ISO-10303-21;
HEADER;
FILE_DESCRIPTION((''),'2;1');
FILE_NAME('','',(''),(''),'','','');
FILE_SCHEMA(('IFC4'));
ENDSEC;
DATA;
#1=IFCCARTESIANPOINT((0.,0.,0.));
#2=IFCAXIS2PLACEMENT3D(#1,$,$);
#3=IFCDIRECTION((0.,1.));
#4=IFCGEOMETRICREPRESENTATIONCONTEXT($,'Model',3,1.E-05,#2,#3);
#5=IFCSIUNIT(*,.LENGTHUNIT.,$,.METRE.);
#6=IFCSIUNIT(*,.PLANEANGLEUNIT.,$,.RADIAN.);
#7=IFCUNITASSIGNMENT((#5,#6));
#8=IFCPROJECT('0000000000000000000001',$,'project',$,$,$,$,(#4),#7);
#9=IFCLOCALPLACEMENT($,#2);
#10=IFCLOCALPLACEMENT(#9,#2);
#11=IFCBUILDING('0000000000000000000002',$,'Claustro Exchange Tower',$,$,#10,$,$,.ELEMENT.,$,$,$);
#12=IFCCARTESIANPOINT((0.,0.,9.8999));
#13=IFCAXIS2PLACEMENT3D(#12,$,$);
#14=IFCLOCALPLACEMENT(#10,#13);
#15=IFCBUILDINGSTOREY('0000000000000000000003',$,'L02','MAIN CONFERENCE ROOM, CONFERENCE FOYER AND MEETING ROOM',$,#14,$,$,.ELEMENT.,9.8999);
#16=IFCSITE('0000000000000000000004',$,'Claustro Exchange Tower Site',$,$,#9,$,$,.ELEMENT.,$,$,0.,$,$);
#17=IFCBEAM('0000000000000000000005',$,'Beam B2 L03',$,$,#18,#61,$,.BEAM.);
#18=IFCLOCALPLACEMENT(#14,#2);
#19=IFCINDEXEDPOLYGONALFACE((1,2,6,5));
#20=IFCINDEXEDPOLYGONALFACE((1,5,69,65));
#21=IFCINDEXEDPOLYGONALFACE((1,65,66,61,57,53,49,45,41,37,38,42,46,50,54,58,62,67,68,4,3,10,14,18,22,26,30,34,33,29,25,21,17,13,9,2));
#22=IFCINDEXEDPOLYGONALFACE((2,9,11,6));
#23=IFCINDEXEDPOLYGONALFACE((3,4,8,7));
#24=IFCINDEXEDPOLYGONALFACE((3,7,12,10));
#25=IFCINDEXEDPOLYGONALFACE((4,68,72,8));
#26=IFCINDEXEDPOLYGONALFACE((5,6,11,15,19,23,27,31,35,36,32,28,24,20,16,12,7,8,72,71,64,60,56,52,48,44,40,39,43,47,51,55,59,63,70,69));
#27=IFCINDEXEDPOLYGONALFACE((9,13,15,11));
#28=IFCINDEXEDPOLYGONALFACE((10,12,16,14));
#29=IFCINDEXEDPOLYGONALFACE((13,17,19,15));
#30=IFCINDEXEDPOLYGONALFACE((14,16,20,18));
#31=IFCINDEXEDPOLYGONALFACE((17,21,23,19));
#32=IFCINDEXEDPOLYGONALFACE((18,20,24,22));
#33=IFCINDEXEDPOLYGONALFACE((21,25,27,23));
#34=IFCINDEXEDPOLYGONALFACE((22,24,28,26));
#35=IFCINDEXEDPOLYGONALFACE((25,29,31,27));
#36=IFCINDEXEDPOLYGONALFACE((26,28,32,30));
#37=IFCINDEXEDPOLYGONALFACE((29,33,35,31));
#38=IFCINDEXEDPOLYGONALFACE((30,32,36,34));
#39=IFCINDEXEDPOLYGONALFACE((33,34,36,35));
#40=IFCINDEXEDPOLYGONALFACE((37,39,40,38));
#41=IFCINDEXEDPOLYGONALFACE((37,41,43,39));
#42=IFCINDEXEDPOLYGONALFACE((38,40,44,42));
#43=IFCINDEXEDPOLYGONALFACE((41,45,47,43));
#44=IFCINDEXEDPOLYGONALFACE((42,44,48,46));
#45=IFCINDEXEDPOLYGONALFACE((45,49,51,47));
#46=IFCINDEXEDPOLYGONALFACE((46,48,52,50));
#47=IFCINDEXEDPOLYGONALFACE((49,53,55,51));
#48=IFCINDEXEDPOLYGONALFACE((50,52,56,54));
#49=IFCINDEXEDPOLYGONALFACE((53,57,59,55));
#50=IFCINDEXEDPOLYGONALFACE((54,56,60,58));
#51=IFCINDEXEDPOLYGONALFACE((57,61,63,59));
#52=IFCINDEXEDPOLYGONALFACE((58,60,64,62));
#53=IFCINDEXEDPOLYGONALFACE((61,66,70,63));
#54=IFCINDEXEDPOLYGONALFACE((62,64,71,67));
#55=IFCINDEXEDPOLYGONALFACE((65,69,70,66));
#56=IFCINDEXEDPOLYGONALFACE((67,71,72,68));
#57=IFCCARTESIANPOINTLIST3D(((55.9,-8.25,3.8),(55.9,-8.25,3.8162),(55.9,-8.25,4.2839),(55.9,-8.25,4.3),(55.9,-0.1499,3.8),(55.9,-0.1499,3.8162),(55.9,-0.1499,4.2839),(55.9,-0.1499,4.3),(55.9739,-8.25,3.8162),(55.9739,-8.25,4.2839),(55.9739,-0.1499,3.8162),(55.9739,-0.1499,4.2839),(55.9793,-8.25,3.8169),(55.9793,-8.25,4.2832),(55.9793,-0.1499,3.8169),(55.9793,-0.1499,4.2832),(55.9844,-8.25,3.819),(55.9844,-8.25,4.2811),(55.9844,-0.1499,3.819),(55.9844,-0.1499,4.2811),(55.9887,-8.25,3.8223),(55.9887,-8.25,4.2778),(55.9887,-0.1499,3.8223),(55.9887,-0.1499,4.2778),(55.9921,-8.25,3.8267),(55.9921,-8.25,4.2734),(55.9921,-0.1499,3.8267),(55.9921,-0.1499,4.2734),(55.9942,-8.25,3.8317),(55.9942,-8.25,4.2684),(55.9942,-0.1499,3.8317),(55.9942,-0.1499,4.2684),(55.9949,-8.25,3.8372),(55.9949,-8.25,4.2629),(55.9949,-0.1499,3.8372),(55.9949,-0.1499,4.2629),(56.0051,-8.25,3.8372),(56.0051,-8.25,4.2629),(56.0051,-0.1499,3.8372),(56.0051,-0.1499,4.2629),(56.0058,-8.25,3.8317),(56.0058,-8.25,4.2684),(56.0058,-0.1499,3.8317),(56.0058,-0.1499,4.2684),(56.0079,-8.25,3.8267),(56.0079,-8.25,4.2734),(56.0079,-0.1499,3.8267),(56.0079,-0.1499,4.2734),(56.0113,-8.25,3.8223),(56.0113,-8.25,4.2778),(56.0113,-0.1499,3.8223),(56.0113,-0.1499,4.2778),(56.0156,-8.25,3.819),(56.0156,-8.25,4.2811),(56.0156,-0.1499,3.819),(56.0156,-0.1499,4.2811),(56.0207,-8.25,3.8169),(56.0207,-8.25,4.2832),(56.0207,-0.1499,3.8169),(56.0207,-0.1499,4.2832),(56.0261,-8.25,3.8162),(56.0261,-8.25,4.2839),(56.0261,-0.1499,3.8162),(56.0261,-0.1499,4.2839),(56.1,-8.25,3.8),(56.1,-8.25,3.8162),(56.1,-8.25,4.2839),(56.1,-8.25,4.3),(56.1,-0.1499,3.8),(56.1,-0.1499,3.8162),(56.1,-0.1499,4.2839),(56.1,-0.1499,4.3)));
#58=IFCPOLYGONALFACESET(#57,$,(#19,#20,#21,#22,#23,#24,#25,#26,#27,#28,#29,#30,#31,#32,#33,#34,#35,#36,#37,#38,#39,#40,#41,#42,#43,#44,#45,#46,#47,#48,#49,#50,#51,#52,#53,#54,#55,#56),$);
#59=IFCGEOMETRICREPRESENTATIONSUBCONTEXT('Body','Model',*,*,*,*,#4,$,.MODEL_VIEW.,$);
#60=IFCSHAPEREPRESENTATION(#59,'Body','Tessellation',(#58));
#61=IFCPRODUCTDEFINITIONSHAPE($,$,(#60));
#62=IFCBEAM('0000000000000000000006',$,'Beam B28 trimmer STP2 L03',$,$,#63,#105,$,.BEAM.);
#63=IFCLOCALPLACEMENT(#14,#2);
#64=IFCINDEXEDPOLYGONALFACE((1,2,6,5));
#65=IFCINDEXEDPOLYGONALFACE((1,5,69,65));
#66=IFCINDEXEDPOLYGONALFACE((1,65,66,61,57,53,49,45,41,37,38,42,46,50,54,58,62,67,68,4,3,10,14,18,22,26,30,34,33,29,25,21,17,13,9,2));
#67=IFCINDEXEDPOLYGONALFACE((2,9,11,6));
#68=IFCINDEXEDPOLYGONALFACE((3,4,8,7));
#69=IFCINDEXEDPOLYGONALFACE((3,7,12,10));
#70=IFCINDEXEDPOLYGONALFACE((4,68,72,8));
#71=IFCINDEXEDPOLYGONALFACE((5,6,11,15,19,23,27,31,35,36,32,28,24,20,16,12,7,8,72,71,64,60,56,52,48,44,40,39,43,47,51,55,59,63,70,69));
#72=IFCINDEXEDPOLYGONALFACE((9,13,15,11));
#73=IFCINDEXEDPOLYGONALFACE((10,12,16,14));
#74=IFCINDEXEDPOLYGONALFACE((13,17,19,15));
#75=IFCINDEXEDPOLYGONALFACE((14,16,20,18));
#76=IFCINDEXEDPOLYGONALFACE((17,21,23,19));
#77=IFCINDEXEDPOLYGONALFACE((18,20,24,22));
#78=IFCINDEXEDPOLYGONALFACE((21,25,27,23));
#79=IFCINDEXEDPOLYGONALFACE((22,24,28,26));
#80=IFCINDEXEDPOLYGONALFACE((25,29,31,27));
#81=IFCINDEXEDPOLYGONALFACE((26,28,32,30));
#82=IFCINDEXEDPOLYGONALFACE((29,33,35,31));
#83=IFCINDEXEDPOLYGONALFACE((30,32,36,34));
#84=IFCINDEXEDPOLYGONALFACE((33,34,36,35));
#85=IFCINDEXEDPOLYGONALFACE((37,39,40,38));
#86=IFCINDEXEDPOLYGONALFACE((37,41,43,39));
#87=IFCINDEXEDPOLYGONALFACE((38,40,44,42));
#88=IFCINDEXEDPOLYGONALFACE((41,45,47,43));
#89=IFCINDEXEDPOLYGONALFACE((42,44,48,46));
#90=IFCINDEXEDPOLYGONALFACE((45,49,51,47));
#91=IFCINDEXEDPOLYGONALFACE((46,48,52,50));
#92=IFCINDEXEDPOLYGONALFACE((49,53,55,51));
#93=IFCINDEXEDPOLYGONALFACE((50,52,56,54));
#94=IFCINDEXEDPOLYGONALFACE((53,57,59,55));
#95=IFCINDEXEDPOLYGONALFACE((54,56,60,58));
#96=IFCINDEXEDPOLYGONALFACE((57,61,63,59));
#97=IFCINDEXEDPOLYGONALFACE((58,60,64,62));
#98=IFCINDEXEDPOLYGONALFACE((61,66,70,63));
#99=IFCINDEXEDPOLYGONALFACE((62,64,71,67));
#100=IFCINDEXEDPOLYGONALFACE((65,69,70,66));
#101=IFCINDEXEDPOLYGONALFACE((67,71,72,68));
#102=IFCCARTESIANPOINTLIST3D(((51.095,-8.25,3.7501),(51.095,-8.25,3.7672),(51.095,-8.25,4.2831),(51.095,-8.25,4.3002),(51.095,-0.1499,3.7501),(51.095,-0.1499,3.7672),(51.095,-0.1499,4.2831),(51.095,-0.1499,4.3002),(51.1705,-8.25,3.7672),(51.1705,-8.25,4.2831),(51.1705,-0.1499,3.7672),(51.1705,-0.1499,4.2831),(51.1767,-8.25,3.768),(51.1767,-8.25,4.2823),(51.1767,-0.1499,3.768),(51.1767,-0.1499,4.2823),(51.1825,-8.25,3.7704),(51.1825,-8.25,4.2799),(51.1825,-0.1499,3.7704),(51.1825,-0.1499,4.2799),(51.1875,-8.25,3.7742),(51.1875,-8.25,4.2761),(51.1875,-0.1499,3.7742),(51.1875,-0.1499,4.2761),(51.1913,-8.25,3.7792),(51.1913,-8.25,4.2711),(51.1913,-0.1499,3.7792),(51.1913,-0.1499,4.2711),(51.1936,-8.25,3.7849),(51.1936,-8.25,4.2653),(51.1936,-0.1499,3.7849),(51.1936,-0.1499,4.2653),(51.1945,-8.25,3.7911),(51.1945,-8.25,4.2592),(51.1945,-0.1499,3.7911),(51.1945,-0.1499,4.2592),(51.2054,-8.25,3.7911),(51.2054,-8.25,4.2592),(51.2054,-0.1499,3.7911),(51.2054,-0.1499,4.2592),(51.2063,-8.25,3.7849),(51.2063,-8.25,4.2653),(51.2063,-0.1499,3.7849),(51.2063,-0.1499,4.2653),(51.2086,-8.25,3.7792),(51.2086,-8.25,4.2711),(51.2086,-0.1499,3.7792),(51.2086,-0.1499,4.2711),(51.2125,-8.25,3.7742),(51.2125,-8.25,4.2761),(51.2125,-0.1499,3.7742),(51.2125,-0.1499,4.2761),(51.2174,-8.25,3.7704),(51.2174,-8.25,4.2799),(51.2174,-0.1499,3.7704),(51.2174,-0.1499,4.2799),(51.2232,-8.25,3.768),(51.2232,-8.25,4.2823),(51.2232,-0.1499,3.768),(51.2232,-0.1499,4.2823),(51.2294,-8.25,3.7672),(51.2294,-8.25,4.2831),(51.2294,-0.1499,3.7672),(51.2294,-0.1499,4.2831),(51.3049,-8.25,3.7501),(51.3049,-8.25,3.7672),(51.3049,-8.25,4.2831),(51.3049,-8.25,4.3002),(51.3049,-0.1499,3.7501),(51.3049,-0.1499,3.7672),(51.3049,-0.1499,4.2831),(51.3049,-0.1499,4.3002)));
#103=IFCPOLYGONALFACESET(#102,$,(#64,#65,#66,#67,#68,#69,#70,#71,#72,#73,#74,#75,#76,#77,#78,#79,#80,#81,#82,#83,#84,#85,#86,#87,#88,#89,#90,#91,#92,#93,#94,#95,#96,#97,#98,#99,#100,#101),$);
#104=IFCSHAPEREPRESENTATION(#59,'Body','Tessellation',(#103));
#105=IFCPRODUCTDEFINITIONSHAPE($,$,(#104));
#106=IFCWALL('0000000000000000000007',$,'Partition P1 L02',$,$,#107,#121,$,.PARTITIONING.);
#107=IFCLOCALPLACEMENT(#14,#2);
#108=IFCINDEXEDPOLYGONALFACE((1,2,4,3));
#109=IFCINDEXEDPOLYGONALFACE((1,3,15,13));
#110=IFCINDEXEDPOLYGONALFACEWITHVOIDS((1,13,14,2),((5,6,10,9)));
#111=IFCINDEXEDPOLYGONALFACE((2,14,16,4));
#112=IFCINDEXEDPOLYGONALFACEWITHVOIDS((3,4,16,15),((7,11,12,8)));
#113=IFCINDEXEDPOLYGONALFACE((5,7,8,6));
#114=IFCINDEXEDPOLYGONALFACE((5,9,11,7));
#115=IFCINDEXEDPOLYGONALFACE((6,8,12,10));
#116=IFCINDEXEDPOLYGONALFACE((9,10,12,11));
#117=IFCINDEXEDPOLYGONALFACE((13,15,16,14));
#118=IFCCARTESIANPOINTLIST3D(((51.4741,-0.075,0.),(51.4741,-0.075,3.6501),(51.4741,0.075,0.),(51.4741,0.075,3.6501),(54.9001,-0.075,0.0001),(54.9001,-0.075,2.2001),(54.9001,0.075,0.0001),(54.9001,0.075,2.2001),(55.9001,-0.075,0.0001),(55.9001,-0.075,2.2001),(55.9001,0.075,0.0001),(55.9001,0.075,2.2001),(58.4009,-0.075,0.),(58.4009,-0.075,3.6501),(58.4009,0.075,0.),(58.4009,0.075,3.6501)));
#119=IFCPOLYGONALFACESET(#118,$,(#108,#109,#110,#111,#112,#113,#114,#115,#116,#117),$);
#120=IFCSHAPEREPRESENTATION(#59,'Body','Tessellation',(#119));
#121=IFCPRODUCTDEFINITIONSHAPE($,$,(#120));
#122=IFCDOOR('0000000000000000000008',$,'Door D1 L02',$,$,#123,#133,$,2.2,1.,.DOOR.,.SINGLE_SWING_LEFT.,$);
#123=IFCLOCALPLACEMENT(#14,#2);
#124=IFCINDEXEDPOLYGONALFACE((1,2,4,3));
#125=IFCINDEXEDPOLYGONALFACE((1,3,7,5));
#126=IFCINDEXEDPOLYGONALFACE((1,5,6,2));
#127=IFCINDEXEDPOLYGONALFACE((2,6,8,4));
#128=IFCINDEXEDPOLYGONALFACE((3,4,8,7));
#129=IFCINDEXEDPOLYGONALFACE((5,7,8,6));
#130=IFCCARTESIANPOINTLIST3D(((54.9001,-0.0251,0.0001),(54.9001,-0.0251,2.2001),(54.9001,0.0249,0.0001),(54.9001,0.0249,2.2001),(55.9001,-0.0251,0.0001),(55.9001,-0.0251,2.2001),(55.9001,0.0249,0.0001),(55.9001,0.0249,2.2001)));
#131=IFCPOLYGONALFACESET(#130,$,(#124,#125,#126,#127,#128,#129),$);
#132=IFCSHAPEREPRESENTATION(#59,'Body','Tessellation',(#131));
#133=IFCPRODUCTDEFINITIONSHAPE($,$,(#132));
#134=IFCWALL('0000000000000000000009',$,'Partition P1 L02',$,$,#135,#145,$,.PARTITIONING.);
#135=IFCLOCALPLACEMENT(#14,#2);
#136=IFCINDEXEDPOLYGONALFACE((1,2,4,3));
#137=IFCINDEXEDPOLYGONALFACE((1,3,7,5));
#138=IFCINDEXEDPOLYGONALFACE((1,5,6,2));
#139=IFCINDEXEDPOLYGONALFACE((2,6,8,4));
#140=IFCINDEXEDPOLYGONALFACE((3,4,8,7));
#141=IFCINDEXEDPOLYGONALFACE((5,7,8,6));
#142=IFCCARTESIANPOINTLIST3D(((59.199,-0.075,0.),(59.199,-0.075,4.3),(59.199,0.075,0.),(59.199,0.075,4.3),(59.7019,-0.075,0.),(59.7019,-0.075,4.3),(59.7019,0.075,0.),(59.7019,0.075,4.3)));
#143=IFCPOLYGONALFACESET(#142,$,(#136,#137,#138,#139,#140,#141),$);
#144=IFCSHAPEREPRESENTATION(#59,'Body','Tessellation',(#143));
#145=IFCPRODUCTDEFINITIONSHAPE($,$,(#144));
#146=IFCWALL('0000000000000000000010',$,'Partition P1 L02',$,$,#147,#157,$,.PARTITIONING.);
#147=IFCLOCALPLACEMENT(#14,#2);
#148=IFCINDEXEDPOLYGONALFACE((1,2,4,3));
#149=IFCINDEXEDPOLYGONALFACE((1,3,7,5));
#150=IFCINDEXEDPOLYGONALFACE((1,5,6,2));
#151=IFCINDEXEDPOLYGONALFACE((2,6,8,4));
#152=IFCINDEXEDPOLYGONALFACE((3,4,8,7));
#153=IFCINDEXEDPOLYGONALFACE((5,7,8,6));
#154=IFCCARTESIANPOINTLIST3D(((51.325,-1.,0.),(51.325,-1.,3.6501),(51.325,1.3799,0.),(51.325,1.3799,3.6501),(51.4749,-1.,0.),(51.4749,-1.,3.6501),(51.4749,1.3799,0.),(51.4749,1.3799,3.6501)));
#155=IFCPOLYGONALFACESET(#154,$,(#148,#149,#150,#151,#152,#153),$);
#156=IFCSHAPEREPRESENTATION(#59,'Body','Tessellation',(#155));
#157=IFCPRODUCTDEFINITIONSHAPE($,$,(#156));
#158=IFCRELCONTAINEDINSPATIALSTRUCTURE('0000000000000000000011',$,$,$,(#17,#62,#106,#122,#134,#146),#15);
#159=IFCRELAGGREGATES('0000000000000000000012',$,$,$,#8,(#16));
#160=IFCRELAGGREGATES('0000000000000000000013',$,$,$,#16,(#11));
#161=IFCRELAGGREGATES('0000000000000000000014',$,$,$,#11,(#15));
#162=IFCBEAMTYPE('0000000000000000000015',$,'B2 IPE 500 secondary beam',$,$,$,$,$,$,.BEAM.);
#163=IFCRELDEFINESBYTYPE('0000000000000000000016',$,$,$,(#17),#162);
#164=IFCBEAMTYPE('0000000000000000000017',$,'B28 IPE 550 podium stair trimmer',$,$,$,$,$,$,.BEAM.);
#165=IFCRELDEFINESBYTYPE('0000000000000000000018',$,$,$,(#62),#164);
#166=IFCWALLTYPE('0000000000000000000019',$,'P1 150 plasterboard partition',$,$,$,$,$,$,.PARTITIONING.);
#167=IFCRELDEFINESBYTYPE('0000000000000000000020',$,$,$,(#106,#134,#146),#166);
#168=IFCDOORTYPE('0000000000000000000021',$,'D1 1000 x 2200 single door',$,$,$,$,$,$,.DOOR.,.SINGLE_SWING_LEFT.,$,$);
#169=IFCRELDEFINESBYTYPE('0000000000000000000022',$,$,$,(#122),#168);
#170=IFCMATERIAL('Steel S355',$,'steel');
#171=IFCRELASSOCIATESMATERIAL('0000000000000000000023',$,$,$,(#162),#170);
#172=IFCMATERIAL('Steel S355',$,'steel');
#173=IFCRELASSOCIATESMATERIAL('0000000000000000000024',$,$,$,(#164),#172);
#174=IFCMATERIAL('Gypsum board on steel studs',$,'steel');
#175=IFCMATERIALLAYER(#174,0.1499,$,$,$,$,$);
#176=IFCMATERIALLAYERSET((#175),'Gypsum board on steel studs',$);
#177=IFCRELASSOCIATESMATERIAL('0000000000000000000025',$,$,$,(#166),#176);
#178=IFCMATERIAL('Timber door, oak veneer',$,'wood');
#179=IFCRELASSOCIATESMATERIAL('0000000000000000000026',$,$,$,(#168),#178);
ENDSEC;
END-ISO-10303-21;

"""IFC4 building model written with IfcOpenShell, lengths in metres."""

from ifc_helpers import new_model, si_unit, direction, frame, frame_2d, origin, origin_2d, place, context, subcontext, project, spatial, rectangle, i_section, extrude, material, layer, layer_set, material_profile, profile_set, type_object, element, fill, save


model = new_model("IFC4")

# Units and contexts
model_context = context("Model", 3, precision=1e-05, world=origin(), true_north=direction((0.0, 1.0)))
body_context = subcontext(model_context, "Body", "Model", "MODEL_VIEW")
ifc_project = project(units=[si_unit("LENGTHUNIT", "METRE"), si_unit("PLANEANGLEUNIT", "RADIAN")], contexts=[model_context])

# Site, building, storey
site_placement = place(None, origin())
site = spatial("IfcSite", under=ifc_project, at=site_placement, Name="Claustro Exchange Tower Site", CompositionType="ELEMENT", RefElevation=0.0)
building_placement = place(site_placement, origin())
building = spatial("IfcBuilding", under=site, at=building_placement, Name="Claustro Exchange Tower", CompositionType="ELEMENT")
storey_placement = place(building_placement, frame((0.0, 0.0, 9.8999)))
storey = spatial("IfcBuildingStorey", under=building, at=storey_placement, Name="L02", Description="MAIN CONFERENCE ROOM, CONFERENCE FOYER AND MEETING ROOM", CompositionType="ELEMENT", Elevation=9.8999)

# Beams
ifc_material_1 = material(Name="Steel S355", Category="steel")
ifc_material_profile_1 = material_profile(ifc_material_1, i_section(OverallWidth=0.2, OverallDepth=0.5, WebThickness=0.0103, FlangeThickness=0.0161, FilletRadius=0.021, at=origin_2d()), Name="IPE 500")
ifc_profile_set_1 = profile_set([ifc_material_profile_1], Name="Steel S355")
beam_type_1 = type_object("IfcBeamType", Name="B2 IPE 500 secondary beam", PredefinedType="BEAM", material=ifc_profile_set_1)
for number, where, z_axis, x_axis, name in (
    (1, (56.0, -8.25, 4.05), (0.0, 1.0, 0.0), (-1.0, 0.0, 0.0), "Beam B2 L03"),
):
    element("IfcBeam", number, at=place(storey_placement, frame(where, z_axis=z_axis, x_axis=x_axis)), inside=storey, type_object=beam_type_1, Name=name, PredefinedType="BEAM", context=body_context, shape_type="SweptSolid", body=[
        extrude(i_section(OverallWidth=0.2, OverallDepth=0.5, WebThickness=0.0103, FlangeThickness=0.0161, FilletRadius=0.021, at=origin_2d()), origin(), (0.0, 0.0, 1.0), 8.1001),
    ])
ifc_material_2 = material(Name="Steel S355", Category="steel")
ifc_material_profile_2 = material_profile(ifc_material_2, i_section(OverallWidth=0.21, OverallDepth=0.55, WebThickness=0.011, FlangeThickness=0.0171, FilletRadius=0.0239, at=origin_2d()), Name="IPE 550")
ifc_profile_set_2 = profile_set([ifc_material_profile_2], Name="Steel S355")
beam_type_2 = type_object("IfcBeamType", Name="B28 IPE 550 podium stair trimmer", PredefinedType="BEAM", material=ifc_profile_set_2)
beam_placement = place(storey_placement, frame((51.2, -8.25, 4.0251), z_axis=(0.0, 1.0, 0.0), x_axis=(-1.0, 0.0, 0.0)))
element("IfcBeam", 2, at=beam_placement, inside=storey, type_object=beam_type_2, Name="Beam B28 trimmer STP2 L03", PredefinedType="BEAM", context=body_context, shape_type="SweptSolid", body=[
    extrude(i_section(OverallWidth=0.21, OverallDepth=0.55, WebThickness=0.011, FlangeThickness=0.0171, FilletRadius=0.0239, at=origin_2d()), origin(), (0.0, 0.0, 1.0), 8.1001),
])

# Wall, opening, door
ifc_material_3 = material(Name="Gypsum board on steel studs", Category="steel")
ifc_layer_1 = layer(ifc_material_3, 0.1499)
ifc_layer_set_1 = layer_set([ifc_layer_1], Name="Gypsum board on steel studs")
wall_type_1 = type_object("IfcWallType", Name="P1 150 plasterboard partition", PredefinedType="PARTITIONING", material=ifc_layer_set_1)
wall_1_placement = place(storey_placement, frame((51.4741, 0.0, 0.0), z_axis=(0.0, 0.0, 1.0), x_axis=(1.0, 0.0, 0.0)))
wall_1 = element("IfcWall", 3, at=wall_1_placement, inside=storey, type_object=wall_type_1, Name="Partition P1 L02", PredefinedType="PARTITIONING", context=body_context, shape_type="SweptSolid", body=[
    extrude(rectangle(XDim=6.9268, YDim=0.1499, at=frame_2d((3.4634, 0.0))), origin(), (0.0, 0.0, 1.0), 3.6501),
])
opening_1_placement = place(wall_1_placement, frame((3.426, 0.0, 0.0)))
opening_1 = element("IfcOpeningElement", 4, at=opening_1_placement, cuts=wall_1, PredefinedType="OPENING", context=body_context, shape_type="SweptSolid", body=[
    extrude(rectangle(XDim=1.0, YDim=2.2, at=frame_2d((0.5, 1.1001))), frame((0.0, 0.085, 0.0), z_axis=(0.0, -1.0, 0.0), x_axis=(1.0, 0.0, 0.0)), (0.0, 0.0, 1.0), 0.1699),
])
ifc_material_4 = material(Name="Timber door, oak veneer", Category="wood")
door_type = type_object("IfcDoorType", Name="D1 1000 x 2200 single door", OperationType="SINGLE_SWING_LEFT", PredefinedType="DOOR", material=ifc_material_4)
door_placement = place(opening_1_placement, origin())
door = element("IfcDoor", 5, at=door_placement, inside=storey, type_object=door_type, Name="Door D1 L02", OperationType="SINGLE_SWING_LEFT", OverallHeight=2.2, OverallWidth=1.0, PredefinedType="DOOR", context=body_context, shape_type="SweptSolid", body=[
    extrude(rectangle(XDim=1.0, YDim=2.2, at=frame_2d((0.5, 1.1001))), frame((0.0, 0.0249, 0.0), z_axis=(0.0, -1.0, 0.0), x_axis=(1.0, 0.0, 0.0)), (0.0, 0.0, 1.0), 0.05),
])
fill(opening_1, door)

# Walls
wall_2_placement = place(storey_placement, frame((59.199, 0.0, 0.0), z_axis=(0.0, 0.0, 1.0), x_axis=(1.0, 0.0, 0.0)))
element("IfcWall", 6, at=wall_2_placement, inside=storey, type_object=wall_type_1, Name="Partition P1 L02", PredefinedType="PARTITIONING", context=body_context, shape_type="SweptSolid", body=[
    extrude(rectangle(XDim=0.5029, YDim=0.1499, at=frame_2d((0.2515, 0.0))), origin(), (0.0, 0.0, 1.0), 4.3),
])
wall_3_placement = place(storey_placement, frame((51.3999, -1.0, 0.0), z_axis=(0.0, 0.0, 1.0), x_axis=(0.0, 1.0, 0.0)))
element("IfcWall", 7, at=wall_3_placement, inside=storey, type_object=wall_type_1, Name="Partition P1 L02", PredefinedType="PARTITIONING", context=body_context, shape_type="SweptSolid", body=[
    extrude(rectangle(XDim=2.3799, YDim=0.1499, at=frame_2d((1.1899, 0.0))), origin(), (0.0, 0.0, 1.0), 3.6501),
])

save(model, "model.ifc")
